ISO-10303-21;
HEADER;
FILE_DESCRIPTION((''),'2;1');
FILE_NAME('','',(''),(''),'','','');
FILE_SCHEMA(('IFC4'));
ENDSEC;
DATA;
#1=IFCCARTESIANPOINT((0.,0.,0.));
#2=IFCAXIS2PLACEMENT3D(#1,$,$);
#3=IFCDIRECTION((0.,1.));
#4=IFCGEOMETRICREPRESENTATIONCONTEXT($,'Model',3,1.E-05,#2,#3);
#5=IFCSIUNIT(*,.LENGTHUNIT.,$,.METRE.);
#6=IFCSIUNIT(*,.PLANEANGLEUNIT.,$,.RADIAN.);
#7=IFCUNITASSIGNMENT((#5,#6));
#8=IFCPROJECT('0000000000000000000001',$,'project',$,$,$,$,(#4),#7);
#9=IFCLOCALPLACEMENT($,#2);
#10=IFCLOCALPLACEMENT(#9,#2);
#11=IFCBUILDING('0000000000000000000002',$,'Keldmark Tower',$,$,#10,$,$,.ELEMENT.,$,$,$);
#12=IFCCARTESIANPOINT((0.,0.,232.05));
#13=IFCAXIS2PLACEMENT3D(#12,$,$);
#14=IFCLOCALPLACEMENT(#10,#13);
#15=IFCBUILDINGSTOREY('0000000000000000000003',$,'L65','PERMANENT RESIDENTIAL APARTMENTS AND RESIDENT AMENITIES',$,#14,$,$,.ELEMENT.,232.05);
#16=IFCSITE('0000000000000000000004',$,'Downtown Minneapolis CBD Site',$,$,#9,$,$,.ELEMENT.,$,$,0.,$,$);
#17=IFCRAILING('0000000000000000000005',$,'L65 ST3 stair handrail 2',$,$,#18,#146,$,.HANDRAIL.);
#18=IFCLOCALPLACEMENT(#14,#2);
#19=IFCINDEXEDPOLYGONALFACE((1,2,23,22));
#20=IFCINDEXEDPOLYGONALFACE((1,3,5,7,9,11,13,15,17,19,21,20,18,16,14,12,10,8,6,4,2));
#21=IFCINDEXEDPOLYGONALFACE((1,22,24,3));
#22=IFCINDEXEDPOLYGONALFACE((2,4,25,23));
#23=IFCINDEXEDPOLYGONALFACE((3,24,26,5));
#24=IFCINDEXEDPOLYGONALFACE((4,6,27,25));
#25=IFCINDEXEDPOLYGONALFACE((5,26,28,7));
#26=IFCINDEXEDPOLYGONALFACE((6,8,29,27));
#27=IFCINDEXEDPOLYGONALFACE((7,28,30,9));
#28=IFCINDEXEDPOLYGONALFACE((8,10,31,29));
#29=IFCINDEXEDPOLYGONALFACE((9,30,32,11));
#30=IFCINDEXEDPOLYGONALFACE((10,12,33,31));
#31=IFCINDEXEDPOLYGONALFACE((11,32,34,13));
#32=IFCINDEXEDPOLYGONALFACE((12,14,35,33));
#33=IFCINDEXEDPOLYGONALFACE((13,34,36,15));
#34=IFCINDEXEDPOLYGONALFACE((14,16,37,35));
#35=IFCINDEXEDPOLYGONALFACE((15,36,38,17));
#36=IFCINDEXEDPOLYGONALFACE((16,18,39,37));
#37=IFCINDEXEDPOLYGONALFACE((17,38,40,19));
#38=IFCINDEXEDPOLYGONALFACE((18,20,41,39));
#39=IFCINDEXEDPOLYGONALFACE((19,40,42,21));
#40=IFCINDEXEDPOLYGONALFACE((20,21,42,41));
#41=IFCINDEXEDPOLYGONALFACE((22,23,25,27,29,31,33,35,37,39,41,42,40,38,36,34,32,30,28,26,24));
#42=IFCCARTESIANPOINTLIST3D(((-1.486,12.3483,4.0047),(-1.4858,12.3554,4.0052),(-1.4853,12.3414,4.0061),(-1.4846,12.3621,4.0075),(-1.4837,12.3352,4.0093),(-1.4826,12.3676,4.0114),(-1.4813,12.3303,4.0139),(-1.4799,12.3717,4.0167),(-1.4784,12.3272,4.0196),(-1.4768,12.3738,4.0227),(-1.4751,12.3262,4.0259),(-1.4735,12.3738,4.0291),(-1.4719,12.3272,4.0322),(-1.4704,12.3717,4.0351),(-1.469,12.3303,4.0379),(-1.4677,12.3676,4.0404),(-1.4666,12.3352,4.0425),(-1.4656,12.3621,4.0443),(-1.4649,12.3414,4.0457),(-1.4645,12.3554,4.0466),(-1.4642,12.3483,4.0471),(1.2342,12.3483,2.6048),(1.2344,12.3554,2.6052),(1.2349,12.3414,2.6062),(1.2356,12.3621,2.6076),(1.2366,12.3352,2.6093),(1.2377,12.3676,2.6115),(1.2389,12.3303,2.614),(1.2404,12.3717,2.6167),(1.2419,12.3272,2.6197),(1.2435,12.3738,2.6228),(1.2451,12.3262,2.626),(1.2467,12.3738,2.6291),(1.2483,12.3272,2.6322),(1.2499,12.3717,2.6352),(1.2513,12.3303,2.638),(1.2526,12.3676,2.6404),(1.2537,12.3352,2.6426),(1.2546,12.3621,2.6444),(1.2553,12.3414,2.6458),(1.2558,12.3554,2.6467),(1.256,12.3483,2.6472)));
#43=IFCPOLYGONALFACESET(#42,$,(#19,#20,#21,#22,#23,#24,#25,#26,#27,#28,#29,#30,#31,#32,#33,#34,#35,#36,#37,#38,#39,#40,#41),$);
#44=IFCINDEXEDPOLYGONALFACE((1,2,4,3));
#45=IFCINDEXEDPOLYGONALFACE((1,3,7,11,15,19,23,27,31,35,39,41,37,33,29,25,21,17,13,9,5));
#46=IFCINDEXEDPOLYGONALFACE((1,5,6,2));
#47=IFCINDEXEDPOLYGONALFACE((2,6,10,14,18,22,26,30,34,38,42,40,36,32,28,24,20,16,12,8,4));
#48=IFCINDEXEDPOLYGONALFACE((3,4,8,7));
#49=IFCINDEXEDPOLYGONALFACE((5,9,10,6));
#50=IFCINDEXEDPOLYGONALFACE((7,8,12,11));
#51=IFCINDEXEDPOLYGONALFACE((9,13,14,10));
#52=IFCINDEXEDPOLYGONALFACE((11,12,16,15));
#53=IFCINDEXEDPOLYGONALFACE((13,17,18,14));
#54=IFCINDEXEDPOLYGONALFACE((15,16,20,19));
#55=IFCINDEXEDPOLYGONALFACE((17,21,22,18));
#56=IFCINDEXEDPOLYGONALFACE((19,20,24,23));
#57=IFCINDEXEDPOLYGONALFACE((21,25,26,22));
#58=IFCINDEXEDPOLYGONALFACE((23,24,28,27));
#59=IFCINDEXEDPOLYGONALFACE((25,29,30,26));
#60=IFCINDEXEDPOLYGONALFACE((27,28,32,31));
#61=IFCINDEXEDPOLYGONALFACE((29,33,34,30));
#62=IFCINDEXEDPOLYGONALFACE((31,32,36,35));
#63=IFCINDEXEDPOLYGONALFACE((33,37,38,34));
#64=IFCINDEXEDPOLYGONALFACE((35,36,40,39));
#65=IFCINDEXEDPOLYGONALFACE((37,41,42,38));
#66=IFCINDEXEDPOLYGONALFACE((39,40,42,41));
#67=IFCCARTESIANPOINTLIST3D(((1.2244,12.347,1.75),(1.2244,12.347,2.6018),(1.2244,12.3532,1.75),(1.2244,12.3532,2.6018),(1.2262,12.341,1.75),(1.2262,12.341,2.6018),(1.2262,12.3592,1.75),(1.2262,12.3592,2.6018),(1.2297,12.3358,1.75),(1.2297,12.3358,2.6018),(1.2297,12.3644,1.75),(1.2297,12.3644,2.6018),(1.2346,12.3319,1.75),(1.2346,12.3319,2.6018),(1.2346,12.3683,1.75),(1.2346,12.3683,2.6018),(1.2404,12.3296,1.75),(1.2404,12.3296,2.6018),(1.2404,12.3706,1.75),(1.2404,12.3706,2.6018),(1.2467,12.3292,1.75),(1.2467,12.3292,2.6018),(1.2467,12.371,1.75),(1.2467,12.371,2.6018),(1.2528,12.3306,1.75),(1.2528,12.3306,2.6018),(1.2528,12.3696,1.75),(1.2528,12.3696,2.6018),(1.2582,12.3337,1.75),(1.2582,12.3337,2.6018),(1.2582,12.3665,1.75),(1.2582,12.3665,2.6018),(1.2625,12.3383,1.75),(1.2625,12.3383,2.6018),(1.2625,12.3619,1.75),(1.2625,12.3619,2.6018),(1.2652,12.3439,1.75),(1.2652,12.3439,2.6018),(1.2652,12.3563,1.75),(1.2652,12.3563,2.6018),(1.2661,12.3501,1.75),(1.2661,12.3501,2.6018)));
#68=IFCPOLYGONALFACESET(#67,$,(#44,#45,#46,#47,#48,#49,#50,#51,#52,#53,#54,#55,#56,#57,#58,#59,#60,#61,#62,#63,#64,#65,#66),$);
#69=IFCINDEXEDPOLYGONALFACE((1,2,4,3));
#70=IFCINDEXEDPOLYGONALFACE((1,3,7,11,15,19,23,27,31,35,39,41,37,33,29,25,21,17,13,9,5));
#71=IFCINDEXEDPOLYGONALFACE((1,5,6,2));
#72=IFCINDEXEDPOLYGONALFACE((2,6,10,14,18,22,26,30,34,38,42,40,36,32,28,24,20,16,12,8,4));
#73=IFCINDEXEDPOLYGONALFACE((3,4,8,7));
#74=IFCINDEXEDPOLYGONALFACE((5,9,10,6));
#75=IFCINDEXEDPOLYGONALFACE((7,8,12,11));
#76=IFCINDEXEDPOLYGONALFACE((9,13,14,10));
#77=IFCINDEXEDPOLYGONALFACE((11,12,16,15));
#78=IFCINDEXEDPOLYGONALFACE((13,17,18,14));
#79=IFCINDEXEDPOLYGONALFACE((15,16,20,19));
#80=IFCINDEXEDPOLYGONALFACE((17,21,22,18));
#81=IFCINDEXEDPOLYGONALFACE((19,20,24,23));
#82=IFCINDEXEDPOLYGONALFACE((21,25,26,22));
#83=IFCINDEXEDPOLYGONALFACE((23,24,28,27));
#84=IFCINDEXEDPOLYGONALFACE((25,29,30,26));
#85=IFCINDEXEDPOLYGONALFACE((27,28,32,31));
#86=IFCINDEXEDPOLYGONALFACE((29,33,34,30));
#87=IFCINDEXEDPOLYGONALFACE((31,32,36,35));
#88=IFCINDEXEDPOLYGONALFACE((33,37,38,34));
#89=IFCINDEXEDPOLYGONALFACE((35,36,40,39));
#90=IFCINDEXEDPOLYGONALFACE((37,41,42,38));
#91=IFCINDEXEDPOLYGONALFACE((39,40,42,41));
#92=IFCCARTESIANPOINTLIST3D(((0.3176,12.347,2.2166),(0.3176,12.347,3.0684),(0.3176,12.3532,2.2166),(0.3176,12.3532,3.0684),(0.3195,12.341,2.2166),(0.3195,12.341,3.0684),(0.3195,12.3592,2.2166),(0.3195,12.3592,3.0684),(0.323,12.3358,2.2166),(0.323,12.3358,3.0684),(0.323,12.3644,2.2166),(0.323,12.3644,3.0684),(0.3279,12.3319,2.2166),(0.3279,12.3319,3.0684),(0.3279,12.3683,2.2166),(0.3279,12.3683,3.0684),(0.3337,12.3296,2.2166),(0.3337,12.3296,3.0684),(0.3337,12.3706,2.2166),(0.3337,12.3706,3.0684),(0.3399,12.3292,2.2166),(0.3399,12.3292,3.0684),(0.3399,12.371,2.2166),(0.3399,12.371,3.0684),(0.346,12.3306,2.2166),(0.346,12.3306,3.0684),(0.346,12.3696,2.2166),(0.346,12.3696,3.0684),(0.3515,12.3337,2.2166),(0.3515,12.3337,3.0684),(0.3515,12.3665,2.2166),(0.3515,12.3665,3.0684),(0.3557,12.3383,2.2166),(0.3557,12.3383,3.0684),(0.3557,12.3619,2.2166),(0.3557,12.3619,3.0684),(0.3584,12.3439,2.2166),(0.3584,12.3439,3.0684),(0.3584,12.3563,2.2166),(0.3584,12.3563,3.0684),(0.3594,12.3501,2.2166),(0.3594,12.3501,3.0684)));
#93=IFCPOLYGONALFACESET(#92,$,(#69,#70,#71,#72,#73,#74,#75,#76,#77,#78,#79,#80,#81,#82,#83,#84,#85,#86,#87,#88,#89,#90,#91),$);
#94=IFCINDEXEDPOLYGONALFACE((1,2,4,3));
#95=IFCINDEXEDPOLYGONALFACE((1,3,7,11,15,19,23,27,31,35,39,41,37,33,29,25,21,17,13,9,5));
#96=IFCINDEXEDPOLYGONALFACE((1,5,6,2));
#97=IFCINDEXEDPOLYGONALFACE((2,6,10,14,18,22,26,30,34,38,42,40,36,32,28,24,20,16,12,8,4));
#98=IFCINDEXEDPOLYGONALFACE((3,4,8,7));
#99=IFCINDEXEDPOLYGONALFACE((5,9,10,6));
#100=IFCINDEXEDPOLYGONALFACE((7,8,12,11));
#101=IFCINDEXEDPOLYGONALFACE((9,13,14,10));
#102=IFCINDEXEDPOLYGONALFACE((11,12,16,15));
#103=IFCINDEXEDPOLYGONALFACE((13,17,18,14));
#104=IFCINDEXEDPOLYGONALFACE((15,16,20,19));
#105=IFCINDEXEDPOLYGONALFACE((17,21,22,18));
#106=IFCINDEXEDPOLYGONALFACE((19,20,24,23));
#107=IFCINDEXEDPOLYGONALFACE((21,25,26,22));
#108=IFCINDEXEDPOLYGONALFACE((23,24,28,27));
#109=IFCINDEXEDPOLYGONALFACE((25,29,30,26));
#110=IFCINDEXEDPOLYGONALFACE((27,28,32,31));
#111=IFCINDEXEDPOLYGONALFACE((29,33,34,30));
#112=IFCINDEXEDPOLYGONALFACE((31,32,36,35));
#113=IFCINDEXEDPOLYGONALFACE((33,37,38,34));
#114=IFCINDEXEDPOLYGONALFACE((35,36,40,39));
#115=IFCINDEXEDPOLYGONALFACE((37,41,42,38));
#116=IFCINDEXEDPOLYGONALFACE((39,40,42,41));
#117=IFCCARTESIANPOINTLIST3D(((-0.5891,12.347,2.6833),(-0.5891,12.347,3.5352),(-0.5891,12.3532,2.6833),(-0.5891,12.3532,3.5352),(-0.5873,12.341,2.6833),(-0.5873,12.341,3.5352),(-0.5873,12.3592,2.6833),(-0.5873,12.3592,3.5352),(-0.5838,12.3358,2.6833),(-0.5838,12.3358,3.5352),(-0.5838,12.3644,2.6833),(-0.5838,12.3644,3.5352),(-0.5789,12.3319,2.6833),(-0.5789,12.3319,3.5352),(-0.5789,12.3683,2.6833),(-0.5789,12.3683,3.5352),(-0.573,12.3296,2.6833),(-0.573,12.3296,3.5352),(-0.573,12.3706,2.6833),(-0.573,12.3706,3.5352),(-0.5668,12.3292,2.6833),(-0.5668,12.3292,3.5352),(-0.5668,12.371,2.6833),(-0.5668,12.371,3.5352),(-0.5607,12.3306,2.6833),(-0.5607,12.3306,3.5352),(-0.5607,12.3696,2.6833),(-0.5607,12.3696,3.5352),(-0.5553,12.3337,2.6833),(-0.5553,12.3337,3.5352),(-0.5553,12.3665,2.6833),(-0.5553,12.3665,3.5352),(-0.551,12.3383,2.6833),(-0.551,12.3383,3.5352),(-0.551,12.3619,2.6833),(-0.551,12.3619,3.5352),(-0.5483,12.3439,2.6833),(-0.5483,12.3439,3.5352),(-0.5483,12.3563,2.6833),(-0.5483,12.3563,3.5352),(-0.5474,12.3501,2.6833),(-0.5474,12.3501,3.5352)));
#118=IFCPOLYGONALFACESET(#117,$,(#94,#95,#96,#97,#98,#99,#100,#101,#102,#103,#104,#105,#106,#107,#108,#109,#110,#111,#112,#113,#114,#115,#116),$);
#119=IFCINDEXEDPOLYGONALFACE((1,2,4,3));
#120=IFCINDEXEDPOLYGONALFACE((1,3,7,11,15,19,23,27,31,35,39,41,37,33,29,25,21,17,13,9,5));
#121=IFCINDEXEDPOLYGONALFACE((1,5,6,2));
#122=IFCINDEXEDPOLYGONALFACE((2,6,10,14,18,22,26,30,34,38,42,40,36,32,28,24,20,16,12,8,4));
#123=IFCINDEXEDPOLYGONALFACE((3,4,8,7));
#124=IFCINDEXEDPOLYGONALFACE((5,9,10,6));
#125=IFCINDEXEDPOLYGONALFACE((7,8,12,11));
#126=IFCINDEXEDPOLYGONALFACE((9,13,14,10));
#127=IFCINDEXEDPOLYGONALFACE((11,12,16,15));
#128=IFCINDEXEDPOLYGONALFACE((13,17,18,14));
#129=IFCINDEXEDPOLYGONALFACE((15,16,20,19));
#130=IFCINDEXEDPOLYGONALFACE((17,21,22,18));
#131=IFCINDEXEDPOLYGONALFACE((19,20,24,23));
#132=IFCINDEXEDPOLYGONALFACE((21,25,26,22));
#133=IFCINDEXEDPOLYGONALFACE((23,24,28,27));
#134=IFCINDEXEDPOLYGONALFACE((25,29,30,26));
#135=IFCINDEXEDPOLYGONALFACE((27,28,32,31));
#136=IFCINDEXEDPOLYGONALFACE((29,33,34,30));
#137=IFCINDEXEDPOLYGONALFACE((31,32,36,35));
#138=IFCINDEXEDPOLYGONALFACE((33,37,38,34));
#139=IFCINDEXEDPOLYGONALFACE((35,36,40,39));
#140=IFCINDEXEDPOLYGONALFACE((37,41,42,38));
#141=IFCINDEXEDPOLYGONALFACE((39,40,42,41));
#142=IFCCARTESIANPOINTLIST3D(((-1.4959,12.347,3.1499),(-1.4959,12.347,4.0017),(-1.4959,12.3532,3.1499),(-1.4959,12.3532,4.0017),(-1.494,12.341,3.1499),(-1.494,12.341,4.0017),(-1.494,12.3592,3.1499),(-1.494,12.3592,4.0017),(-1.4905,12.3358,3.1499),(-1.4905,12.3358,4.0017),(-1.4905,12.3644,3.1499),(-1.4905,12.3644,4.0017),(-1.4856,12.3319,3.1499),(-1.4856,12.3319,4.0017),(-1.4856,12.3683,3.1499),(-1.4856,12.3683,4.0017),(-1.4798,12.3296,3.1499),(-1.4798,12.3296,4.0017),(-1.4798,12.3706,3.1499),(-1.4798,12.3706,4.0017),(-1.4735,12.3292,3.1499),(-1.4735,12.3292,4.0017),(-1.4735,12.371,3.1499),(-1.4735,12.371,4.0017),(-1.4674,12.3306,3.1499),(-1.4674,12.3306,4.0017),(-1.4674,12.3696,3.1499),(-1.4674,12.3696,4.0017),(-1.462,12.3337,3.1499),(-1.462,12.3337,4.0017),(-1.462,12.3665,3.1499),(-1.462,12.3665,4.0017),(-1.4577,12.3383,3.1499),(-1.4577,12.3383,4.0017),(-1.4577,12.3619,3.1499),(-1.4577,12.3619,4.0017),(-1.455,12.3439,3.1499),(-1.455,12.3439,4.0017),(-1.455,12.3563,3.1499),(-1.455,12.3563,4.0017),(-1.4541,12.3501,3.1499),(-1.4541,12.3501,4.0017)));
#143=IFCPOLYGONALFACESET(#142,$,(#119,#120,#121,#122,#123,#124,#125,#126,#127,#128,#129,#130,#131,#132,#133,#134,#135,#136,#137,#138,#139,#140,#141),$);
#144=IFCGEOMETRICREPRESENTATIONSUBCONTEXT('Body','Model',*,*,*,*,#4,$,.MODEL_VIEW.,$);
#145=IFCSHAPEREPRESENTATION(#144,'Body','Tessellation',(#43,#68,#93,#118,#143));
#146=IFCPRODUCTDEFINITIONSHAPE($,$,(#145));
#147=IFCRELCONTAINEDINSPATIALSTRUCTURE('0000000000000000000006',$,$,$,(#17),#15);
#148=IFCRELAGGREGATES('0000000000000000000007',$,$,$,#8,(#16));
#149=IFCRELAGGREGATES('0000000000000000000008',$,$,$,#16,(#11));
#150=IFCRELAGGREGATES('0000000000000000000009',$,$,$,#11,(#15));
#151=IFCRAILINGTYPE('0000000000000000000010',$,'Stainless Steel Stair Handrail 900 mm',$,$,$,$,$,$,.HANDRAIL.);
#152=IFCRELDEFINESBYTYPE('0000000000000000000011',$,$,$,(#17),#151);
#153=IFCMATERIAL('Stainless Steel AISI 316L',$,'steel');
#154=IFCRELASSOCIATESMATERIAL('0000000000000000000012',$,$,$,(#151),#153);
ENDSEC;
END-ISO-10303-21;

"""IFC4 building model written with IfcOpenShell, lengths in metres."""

from ifc_helpers import new_model, si_unit, direction, frame, origin, origin_2d, place, context, subcontext, project, spatial, circle, extrude, material, type_object, element, save


model = new_model("IFC4")

# Units and contexts
model_context = context("Model", 3, precision=1e-05, world=origin(), true_north=direction((0.0, 1.0)))
body_context = subcontext(model_context, "Body", "Model", "MODEL_VIEW")
ifc_project = project(units=[si_unit("LENGTHUNIT", "METRE"), si_unit("PLANEANGLEUNIT", "RADIAN")], contexts=[model_context])

# Site, building, storey
site_placement = place(None, origin())
site = spatial("IfcSite", under=ifc_project, at=site_placement, Name="Downtown Minneapolis CBD Site", CompositionType="ELEMENT", RefElevation=0.0)
building_placement = place(site_placement, origin())
building = spatial("IfcBuilding", under=site, at=building_placement, Name="Keldmark Tower", CompositionType="ELEMENT")
storey_placement = place(building_placement, frame((0.0, 0.0, 232.05)))
storey = spatial("IfcBuildingStorey", under=building, at=storey_placement, Name="L65", Description="PERMANENT RESIDENTIAL APARTMENTS AND RESIDENT AMENITIES", CompositionType="ELEMENT", Elevation=232.05)

# Railing
ifc_material_1 = material(Name="Stainless Steel AISI 316L", Category="steel")
railing_type_1 = type_object("IfcRailingType", Name="Stainless Steel Stair Handrail 900 mm", PredefinedType="HANDRAIL", material=ifc_material_1)
railing_1_placement = place(storey_placement, frame((1.2451, 12.3501, 1.75)))
element("IfcRailing", 1, at=railing_1_placement, inside=storey, type_object=railing_type_1, Name="L65 ST3 stair handrail 2", PredefinedType="HANDRAIL", context=body_context, shape_type="SweptSolid", body=[
    extrude(circle(Radius=0.0239, at=origin_2d()), frame((0.0, 0.0, 0.876), z_axis=(-0.889164, 0.0, 0.45759), x_axis=(0.0, -1.0, 0.0)), (0.0, 0.0, 1.0), 3.0593),
    extrude(circle(Radius=0.021, at=origin_2d()), origin(), (0.0, 0.0, 1.0), 0.8518),
    extrude(circle(Radius=0.021, at=origin_2d()), frame((-0.9067, 0.0, 0.4666)), (0.0, 0.0, 1.0), 0.8518),
    extrude(circle(Radius=0.021, at=origin_2d()), frame((-1.8135, 0.0, 0.9333)), (0.0, 0.0, 1.0), 0.8518),
    extrude(circle(Radius=0.021, at=origin_2d()), frame((-2.7202, 0.0, 1.3999)), (0.0, 0.0, 1.0), 0.8518),
])

save(model, "model.ifc")
